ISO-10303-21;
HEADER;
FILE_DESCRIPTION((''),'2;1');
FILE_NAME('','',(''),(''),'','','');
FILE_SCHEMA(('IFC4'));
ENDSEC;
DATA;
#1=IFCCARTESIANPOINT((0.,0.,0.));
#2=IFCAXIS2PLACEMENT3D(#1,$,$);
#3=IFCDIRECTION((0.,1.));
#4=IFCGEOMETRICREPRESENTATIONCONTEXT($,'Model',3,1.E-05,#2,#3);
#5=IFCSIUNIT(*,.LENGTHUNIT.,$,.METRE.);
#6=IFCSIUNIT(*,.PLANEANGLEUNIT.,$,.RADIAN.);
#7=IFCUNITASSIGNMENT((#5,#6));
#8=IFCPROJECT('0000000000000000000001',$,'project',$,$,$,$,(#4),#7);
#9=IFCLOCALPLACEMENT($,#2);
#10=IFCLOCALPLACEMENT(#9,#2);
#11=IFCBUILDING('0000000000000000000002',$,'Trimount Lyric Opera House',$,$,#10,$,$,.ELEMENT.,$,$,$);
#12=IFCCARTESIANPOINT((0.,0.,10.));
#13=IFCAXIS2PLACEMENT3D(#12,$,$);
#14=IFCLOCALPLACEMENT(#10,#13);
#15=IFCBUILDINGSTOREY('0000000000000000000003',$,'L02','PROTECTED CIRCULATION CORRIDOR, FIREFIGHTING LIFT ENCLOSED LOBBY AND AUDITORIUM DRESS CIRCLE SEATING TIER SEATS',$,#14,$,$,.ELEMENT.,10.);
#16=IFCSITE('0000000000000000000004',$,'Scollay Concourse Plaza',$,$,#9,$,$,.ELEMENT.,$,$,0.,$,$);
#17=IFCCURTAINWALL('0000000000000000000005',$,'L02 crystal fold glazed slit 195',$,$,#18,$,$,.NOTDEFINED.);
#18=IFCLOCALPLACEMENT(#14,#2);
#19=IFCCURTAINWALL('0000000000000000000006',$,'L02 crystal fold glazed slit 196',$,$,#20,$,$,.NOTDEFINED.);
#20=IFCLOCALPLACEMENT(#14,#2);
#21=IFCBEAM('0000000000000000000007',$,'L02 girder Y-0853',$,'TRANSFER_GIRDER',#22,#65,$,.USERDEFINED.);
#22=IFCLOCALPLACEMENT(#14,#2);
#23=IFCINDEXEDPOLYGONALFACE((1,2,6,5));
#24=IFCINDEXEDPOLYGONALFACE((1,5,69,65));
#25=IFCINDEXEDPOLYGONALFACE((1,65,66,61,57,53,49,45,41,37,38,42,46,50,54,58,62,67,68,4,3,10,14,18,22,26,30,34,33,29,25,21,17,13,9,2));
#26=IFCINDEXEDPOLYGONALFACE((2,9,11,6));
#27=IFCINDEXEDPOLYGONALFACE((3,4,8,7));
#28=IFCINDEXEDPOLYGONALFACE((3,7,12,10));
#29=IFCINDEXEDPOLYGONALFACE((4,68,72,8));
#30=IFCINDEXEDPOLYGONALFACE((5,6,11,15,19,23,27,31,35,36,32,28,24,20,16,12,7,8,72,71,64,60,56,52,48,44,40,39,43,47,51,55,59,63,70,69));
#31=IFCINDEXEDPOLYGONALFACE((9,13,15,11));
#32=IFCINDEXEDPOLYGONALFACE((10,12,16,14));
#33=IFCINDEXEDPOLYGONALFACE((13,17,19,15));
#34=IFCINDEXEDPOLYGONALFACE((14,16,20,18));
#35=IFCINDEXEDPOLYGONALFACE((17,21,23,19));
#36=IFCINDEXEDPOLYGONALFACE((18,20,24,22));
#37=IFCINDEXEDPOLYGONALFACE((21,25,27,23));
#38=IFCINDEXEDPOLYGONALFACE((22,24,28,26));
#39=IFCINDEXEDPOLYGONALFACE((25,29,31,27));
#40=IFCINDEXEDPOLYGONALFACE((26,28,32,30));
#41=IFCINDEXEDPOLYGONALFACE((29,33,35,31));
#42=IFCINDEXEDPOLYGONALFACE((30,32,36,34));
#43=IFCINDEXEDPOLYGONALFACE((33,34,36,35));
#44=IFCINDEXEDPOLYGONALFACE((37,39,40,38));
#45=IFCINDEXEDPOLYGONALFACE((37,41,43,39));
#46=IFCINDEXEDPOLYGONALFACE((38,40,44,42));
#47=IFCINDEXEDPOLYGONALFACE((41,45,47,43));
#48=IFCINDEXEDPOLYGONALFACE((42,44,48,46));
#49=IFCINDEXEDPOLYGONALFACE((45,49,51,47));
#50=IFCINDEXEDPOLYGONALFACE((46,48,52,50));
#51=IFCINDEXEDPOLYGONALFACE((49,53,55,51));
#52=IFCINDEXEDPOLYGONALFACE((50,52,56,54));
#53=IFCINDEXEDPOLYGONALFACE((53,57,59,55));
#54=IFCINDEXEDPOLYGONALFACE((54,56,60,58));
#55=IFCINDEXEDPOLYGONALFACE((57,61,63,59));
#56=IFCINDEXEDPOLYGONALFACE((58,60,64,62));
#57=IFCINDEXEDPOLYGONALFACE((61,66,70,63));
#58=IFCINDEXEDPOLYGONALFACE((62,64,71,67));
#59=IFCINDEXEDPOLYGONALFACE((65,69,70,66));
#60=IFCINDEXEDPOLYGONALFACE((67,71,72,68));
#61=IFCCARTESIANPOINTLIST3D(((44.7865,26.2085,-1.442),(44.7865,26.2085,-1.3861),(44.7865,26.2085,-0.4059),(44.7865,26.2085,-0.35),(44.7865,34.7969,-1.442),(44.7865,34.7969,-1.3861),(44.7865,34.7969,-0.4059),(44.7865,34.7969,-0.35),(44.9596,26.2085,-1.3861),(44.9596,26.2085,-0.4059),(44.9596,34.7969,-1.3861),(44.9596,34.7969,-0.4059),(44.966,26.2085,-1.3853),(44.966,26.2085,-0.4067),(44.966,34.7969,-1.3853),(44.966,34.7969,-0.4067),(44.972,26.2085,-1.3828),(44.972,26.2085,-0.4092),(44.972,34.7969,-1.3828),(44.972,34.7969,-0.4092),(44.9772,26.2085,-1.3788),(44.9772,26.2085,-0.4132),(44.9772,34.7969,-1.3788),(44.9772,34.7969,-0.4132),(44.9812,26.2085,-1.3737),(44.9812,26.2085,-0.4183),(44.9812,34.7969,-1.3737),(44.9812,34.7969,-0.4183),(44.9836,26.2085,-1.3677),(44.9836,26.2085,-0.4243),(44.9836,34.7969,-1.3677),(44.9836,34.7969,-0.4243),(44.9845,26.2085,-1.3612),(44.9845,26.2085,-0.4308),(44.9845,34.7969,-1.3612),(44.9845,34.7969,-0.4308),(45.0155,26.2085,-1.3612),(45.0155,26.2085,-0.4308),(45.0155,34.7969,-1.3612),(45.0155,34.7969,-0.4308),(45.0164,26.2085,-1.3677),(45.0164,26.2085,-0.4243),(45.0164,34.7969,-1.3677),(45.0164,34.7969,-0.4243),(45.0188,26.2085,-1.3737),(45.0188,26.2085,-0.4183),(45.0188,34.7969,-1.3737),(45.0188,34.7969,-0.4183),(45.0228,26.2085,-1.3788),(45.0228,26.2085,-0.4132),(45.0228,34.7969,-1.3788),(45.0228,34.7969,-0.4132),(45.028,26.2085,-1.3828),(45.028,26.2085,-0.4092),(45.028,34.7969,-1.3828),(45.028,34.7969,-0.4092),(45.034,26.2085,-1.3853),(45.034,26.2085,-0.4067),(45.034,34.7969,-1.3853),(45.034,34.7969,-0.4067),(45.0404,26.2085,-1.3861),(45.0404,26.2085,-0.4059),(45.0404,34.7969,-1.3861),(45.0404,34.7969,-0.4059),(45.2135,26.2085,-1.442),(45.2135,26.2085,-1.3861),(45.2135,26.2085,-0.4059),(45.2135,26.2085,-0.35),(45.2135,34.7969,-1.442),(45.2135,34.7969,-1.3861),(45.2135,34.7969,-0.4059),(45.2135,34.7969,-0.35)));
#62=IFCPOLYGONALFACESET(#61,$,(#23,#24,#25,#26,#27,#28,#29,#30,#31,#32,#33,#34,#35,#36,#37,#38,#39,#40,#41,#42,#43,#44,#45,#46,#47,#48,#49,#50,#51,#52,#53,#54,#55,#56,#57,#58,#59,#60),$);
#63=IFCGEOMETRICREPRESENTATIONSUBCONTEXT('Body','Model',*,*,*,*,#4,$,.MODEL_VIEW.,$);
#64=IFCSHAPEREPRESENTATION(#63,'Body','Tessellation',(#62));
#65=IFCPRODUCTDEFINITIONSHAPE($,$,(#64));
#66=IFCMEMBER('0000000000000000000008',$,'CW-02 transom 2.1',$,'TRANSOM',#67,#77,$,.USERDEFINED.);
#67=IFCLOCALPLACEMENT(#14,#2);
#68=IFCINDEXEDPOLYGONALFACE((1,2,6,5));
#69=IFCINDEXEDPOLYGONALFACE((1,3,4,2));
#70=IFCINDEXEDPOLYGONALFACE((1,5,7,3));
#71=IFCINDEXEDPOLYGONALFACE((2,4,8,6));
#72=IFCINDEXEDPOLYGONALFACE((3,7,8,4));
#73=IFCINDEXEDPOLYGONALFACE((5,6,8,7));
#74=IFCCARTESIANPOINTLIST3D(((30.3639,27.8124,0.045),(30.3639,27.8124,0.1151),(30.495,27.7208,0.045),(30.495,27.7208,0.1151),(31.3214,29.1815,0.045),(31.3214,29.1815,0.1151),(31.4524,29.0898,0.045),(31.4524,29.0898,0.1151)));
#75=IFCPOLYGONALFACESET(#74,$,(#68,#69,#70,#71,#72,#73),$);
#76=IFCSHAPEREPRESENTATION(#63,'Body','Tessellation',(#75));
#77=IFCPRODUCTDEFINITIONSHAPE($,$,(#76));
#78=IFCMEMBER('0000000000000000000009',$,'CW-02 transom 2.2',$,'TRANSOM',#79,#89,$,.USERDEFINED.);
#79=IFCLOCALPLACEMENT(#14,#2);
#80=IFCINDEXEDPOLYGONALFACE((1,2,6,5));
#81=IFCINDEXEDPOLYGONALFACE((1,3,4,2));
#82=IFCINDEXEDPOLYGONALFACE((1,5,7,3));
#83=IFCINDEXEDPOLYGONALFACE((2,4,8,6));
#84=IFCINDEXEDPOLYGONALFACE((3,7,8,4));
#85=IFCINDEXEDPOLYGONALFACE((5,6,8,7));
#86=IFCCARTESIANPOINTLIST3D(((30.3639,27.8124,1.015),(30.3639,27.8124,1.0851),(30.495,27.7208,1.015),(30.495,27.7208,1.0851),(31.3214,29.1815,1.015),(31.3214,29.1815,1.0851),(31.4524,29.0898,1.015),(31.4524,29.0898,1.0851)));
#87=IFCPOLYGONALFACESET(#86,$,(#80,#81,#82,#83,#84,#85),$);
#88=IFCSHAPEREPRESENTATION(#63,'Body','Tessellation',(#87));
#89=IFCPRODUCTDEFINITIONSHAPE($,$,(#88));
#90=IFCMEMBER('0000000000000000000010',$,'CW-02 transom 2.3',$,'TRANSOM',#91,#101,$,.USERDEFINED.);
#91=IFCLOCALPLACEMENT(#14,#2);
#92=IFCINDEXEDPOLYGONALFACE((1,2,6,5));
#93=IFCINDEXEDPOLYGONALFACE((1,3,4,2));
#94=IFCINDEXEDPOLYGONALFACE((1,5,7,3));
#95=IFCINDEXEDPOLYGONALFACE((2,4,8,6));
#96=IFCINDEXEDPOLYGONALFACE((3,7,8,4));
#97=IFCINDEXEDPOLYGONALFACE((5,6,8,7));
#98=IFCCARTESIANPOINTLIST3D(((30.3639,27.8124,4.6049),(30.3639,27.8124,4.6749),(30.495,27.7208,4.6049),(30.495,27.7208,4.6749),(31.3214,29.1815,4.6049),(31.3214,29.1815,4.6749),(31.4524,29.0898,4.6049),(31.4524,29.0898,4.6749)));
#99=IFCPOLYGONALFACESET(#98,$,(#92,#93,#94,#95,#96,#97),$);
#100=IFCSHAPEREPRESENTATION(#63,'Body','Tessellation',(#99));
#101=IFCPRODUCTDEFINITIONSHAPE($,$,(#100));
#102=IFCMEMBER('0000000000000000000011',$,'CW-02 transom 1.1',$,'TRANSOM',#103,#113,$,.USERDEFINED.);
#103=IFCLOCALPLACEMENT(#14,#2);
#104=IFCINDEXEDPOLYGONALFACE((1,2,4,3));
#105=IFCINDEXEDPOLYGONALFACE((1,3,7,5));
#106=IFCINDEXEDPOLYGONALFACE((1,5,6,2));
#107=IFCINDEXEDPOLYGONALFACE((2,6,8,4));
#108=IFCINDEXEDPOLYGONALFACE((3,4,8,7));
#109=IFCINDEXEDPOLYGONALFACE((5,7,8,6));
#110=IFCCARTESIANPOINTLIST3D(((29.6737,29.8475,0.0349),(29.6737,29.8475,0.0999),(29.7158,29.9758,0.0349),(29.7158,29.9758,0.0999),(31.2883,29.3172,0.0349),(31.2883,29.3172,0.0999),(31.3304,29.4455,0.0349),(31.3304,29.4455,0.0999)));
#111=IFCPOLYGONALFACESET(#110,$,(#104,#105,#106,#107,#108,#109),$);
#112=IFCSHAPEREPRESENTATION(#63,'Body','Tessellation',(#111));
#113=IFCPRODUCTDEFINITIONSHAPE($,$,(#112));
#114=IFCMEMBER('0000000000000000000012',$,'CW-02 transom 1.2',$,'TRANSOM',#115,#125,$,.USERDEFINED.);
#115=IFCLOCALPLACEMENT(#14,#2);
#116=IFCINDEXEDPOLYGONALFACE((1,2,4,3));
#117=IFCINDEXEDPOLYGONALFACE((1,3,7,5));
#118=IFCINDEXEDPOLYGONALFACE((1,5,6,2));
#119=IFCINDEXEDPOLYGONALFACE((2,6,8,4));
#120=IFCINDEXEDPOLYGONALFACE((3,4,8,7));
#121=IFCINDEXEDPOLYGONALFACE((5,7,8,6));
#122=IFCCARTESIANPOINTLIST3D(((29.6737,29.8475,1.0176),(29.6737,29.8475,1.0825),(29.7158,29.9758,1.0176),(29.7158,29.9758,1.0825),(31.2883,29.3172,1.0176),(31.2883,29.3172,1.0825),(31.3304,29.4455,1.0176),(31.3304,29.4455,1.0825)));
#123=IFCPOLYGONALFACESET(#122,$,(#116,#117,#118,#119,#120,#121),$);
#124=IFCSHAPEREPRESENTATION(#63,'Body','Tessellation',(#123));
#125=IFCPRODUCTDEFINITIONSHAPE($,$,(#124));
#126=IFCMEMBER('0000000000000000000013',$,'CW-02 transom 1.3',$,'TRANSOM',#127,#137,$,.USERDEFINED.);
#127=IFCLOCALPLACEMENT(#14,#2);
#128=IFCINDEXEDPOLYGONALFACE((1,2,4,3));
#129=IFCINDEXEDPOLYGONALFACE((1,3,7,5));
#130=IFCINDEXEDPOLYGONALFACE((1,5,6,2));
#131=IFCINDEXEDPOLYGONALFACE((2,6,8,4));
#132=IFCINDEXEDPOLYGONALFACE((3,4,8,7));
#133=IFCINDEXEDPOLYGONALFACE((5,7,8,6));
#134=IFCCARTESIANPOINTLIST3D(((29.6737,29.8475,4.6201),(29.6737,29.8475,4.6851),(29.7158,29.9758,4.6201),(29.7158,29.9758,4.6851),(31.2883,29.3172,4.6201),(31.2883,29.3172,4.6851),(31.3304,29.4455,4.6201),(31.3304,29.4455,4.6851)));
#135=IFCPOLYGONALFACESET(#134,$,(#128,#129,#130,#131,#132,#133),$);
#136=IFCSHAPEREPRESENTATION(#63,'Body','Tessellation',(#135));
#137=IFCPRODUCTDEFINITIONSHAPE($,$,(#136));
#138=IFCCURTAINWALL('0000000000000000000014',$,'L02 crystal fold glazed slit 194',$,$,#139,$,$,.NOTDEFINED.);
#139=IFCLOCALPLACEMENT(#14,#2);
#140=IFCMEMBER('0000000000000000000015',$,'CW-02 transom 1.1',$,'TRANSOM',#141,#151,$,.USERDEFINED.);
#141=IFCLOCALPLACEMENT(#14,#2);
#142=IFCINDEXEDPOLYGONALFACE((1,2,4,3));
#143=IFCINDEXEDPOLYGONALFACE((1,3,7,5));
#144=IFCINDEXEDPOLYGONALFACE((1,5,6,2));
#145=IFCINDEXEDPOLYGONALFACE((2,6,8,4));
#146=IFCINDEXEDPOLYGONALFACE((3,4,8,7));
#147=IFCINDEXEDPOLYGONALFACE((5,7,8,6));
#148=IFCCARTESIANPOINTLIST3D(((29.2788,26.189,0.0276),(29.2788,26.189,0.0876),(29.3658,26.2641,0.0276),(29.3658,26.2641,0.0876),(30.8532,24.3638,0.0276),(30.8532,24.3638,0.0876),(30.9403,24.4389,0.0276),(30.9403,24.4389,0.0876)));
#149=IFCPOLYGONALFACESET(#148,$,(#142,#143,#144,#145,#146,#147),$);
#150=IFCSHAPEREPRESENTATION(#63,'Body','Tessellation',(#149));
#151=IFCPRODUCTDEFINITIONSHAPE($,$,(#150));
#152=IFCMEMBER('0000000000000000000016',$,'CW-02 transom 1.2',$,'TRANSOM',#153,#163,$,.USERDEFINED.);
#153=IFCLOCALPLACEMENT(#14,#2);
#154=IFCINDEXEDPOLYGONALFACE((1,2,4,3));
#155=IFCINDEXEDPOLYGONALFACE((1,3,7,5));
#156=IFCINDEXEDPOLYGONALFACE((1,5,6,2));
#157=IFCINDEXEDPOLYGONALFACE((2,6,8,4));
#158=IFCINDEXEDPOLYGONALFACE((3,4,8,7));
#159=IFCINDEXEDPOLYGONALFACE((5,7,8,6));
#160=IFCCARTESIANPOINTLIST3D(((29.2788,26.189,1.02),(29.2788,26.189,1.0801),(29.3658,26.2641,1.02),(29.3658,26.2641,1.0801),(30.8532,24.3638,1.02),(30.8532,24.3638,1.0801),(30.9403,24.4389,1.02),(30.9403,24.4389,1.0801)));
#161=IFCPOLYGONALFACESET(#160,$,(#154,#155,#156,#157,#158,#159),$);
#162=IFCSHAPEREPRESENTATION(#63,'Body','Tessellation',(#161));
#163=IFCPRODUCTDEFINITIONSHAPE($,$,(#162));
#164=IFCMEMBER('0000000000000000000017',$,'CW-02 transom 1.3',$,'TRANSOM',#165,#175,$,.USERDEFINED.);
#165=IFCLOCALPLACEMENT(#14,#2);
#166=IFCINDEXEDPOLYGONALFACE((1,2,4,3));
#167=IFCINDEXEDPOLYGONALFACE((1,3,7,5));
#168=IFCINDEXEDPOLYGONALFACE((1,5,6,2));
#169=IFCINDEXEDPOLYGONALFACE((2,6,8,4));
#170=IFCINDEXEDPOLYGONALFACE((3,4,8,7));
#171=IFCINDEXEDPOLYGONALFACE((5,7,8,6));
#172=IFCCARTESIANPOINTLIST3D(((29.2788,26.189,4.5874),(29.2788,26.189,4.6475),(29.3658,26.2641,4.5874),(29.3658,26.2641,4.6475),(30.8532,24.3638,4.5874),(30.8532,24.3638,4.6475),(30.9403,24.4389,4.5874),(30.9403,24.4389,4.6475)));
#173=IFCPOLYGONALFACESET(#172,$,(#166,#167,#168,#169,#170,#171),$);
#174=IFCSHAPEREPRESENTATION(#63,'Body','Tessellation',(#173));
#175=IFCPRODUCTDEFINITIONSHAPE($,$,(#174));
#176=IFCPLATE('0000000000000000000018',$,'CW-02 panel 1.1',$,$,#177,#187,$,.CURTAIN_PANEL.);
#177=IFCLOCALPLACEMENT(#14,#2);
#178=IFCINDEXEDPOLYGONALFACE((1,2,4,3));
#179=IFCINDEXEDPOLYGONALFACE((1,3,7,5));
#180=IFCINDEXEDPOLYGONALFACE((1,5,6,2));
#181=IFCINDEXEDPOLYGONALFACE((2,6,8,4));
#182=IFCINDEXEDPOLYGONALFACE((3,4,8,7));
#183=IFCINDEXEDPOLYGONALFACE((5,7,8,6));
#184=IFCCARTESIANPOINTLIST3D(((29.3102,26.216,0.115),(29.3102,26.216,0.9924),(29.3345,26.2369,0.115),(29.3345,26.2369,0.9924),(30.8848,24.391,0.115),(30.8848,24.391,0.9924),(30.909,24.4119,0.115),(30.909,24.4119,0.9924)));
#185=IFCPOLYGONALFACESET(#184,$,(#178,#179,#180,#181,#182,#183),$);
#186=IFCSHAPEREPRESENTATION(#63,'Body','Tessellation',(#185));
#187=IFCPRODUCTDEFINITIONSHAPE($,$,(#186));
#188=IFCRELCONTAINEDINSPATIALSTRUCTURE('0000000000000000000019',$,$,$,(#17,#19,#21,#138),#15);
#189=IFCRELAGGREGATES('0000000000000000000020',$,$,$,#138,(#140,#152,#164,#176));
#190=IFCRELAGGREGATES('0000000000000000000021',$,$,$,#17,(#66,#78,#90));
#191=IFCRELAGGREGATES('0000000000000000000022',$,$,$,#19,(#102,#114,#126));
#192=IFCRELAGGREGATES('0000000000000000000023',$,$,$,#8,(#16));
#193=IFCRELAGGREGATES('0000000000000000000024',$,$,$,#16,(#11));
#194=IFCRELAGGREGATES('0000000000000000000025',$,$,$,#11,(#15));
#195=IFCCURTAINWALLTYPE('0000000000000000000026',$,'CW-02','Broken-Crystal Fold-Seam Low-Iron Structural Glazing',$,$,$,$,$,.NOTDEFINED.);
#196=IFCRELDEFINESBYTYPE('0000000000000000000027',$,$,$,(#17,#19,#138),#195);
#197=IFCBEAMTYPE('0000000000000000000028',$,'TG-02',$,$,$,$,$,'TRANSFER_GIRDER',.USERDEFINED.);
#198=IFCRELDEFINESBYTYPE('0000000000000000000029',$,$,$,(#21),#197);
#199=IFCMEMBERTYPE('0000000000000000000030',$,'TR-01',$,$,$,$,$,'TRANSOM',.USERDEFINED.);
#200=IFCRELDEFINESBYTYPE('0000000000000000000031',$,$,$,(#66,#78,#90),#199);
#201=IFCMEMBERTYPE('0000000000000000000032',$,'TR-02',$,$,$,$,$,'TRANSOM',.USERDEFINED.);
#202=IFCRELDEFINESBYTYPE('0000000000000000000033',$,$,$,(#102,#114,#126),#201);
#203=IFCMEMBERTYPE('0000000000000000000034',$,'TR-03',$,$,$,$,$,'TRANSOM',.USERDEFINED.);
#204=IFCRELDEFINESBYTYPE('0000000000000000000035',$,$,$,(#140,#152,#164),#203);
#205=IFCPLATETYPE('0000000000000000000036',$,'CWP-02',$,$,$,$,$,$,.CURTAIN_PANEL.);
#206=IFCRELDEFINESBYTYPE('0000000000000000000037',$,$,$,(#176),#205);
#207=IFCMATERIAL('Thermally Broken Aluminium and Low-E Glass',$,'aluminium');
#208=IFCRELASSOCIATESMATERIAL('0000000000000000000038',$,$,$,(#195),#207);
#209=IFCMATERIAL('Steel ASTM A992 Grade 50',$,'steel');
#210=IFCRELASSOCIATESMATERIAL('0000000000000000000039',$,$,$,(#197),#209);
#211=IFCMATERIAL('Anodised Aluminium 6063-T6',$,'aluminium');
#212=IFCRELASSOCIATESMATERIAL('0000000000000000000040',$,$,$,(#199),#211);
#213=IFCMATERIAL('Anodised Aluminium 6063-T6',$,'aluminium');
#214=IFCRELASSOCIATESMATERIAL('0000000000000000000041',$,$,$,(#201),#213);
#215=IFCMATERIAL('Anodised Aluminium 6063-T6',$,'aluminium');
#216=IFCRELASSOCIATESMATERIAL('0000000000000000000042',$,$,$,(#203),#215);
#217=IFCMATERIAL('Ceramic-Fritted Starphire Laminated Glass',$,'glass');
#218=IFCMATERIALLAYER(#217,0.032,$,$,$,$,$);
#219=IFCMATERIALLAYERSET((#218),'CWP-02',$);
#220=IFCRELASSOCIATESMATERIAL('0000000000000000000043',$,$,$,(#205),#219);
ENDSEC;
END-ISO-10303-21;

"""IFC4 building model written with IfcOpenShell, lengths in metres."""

from ifc_helpers import new_model, si_unit, direction, frame, origin, origin_2d, place, context, subcontext, project, spatial, rectangle, i_section, extrude, material, layer, layer_set, material_profile, profile_set, type_object, element, aggregate, save


model = new_model("IFC4")

# Units and contexts
model_context = context("Model", 3, precision=1e-05, world=origin(), true_north=direction((0.0, 1.0)))
body_context = subcontext(model_context, "Body", "Model", "MODEL_VIEW")
ifc_project = project(units=[si_unit("LENGTHUNIT", "METRE"), si_unit("PLANEANGLEUNIT", "RADIAN")], contexts=[model_context])

# Site, building, storey
site_placement = place(None, origin())
site = spatial("IfcSite", under=ifc_project, at=site_placement, Name="Scollay Concourse Plaza", CompositionType="ELEMENT", RefElevation=0.0)
building_placement = place(site_placement, origin())
building = spatial("IfcBuilding", under=site, at=building_placement, Name="Trimount Lyric Opera House", CompositionType="ELEMENT")
storey_placement = place(building_placement, frame((0.0, 0.0, 10.0)))
storey = spatial("IfcBuildingStorey", under=building, at=storey_placement, Name="L02", Description="PROTECTED CIRCULATION CORRIDOR, FIREFIGHTING LIFT ENCLOSED LOBBY AND AUDITORIUM DRESS CIRCLE SEATING TIER SEATS", CompositionType="ELEMENT", Elevation=10.0)

# Curtain wall
ifc_material_1 = material(Name="Thermally Broken Aluminium and Low-E Glass", Category="aluminium")
curtain_wall_type = type_object("IfcCurtainWallType", Name="CW-02", Description="Broken-Crystal Fold-Seam Low-Iron Structural Glazing", PredefinedType="NOTDEFINED", material=ifc_material_1)
curtain_wall_1_placement = place(storey_placement, origin())
curtain_wall_1 = element("IfcCurtainWall", 1, at=curtain_wall_1_placement, inside=storey, type_object=curtain_wall_type, Name="L02 crystal fold glazed slit 195", PredefinedType="NOTDEFINED")

# Curtain wall
curtain_wall_2_placement = place(storey_placement, origin())
curtain_wall_2 = element("IfcCurtainWall", 2, at=curtain_wall_2_placement, inside=storey, type_object=curtain_wall_type, Name="L02 crystal fold glazed slit 196", PredefinedType="NOTDEFINED")

# Beam
ifc_material_2 = material(Name="Steel ASTM A992 Grade 50", Category="steel")
ifc_material_profile_1 = material_profile(ifc_material_2, i_section(OverallWidth=0.427, OverallDepth=1.092, WebThickness=0.031, FlangeThickness=0.0559, FilletRadius=0.0249, at=origin_2d()), Name="W40X397")
ifc_profile_set_1 = profile_set([ifc_material_profile_1], Name="Steel ASTM A992 Grade 50")
beam_type_1 = type_object("IfcBeamType", Name="TG-02", ElementType="TRANSFER_GIRDER", PredefinedType="USERDEFINED", material=ifc_profile_set_1)
beam_1_placement = place(storey_placement, frame((45.0, 26.2085, -0.896), z_axis=(0.0, 1.0, 0.0), x_axis=(-1.0, 0.0, 0.0)))
element("IfcBeam", 3, at=beam_1_placement, inside=storey, type_object=beam_type_1, Name="L02 girder Y-0853", ObjectType="TRANSFER_GIRDER", PredefinedType="USERDEFINED", context=body_context, shape_type="SweptSolid", body=[
    extrude(i_section(OverallWidth=0.427, OverallDepth=1.092, WebThickness=0.031, FlangeThickness=0.0559, FilletRadius=0.0249, at=origin_2d()), origin(), (0.0, 0.0, 1.0), 8.5884),
])

# Members
ifc_material_3 = material(Name="Anodised Aluminium 6063-T6", Category="aluminium")
ifc_material_profile_2 = material_profile(ifc_material_3, rectangle(XDim=0.1599, YDim=0.0701, at=origin_2d()), Name="ALU-TRAN-70X160")
ifc_profile_set_2 = profile_set([ifc_material_profile_2], Name="Anodised Aluminium 6063-T6")
member_type_1 = type_object("IfcMemberType", Name="TR-01", ElementType="TRANSOM", PredefinedType="USERDEFINED", material=ifc_profile_set_2)
member_1_placement = place(storey_placement, frame((30.4294, 27.7666, 0.0801), z_axis=(0.573109, 0.819479, 0.0), x_axis=(-0.819479, 0.573109, 0.0)))
member_1 = element("IfcMember", 4, at=member_1_placement, type_object=member_type_1, Name="CW-02 transom 2.1", ObjectType="TRANSOM", PredefinedType="USERDEFINED", context=body_context, shape_type="SweptSolid", body=[
    extrude(rectangle(XDim=0.1599, YDim=0.0701, at=origin_2d()), origin(), (0.0, 0.0, 1.0), 1.6707),
])
member_2_placement = place(storey_placement, frame((30.4294, 27.7666, 1.05), z_axis=(0.573109, 0.819479, 0.0), x_axis=(-0.819479, 0.573109, 0.0)))
member_2 = element("IfcMember", 5, at=member_2_placement, type_object=member_type_1, Name="CW-02 transom 2.2", ObjectType="TRANSOM", PredefinedType="USERDEFINED", context=body_context, shape_type="SweptSolid", body=[
    extrude(rectangle(XDim=0.1599, YDim=0.0701, at=origin_2d()), origin(), (0.0, 0.0, 1.0), 1.6707),
])
member_3_placement = place(storey_placement, frame((30.4294, 27.7666, 4.6399), z_axis=(0.573109, 0.819479, 0.0), x_axis=(-0.819479, 0.573109, 0.0)))
member_3 = element("IfcMember", 6, at=member_3_placement, type_object=member_type_1, Name="CW-02 transom 2.3", ObjectType="TRANSOM", PredefinedType="USERDEFINED", context=body_context, shape_type="SweptSolid", body=[
    extrude(rectangle(XDim=0.1599, YDim=0.0701, at=origin_2d()), origin(), (0.0, 0.0, 1.0), 1.6707),
])
ifc_material_4 = material(Name="Anodised Aluminium 6063-T6", Category="aluminium")
ifc_material_profile_3 = material_profile(ifc_material_4, rectangle(XDim=0.135, YDim=0.0649, at=origin_2d()), Name="ALU-TRAN-65X135")
ifc_profile_set_3 = profile_set([ifc_material_profile_3], Name="Anodised Aluminium 6063-T6")
member_type_2 = type_object("IfcMemberType", Name="TR-02", ElementType="TRANSOM", PredefinedType="USERDEFINED", material=ifc_profile_set_3)
member_4_placement = place(storey_placement, frame((31.3093, 29.3813, 0.0674), z_axis=(-0.950068, 0.312044, 0.0), x_axis=(-0.312044, -0.950068, 0.0)))
member_4 = element("IfcMember", 7, at=member_4_placement, type_object=member_type_2, Name="CW-02 transom 1.1", ObjectType="TRANSOM", PredefinedType="USERDEFINED", context=body_context, shape_type="SweptSolid", body=[
    extrude(rectangle(XDim=0.135, YDim=0.0649, at=origin_2d()), origin(), (0.0, 0.0, 1.0), 1.6995),
])
member_5_placement = place(storey_placement, frame((31.3093, 29.3813, 1.05), z_axis=(-0.950068, 0.312044, 0.0), x_axis=(-0.312044, -0.950068, 0.0)))
member_5 = element("IfcMember", 8, at=member_5_placement, type_object=member_type_2, Name="CW-02 transom 1.2", ObjectType="TRANSOM", PredefinedType="USERDEFINED", context=body_context, shape_type="SweptSolid", body=[
    extrude(rectangle(XDim=0.135, YDim=0.0649, at=origin_2d()), origin(), (0.0, 0.0, 1.0), 1.6995),
])
member_6_placement = place(storey_placement, frame((31.3093, 29.3813, 4.6526), z_axis=(-0.950068, 0.312044, 0.0), x_axis=(-0.312044, -0.950068, 0.0)))
member_6 = element("IfcMember", 9, at=member_6_placement, type_object=member_type_2, Name="CW-02 transom 1.3", ObjectType="TRANSOM", PredefinedType="USERDEFINED", context=body_context, shape_type="SweptSolid", body=[
    extrude(rectangle(XDim=0.135, YDim=0.0649, at=origin_2d()), origin(), (0.0, 0.0, 1.0), 1.6995),
])

# Curtain wall, members, plate
curtain_wall_3_placement = place(storey_placement, origin())
curtain_wall_3 = element("IfcCurtainWall", 10, at=curtain_wall_3_placement, inside=storey, type_object=curtain_wall_type, Name="L02 crystal fold glazed slit 194", PredefinedType="NOTDEFINED")
ifc_material_5 = material(Name="Anodised Aluminium 6063-T6", Category="aluminium")
ifc_material_profile_4 = material_profile(ifc_material_5, rectangle(XDim=0.115, YDim=0.0601, at=origin_2d()), Name="ALU-TRAN-60X115")
ifc_profile_set_4 = profile_set([ifc_material_profile_4], Name="Anodised Aluminium 6063-T6")
member_type_3 = type_object("IfcMemberType", Name="TR-03", ElementType="TRANSOM", PredefinedType="USERDEFINED", material=ifc_profile_set_4)
member_7_placement = place(storey_placement, frame((30.8967, 24.4014, 0.0576), z_axis=(-0.653182, 0.757201, 0.0), x_axis=(-0.757201, -0.653182, 0.0)))
member_7 = element("IfcMember", 11, at=member_7_placement, type_object=member_type_3, Name="CW-02 transom 1.1", ObjectType="TRANSOM", PredefinedType="USERDEFINED", context=body_context, shape_type="SweptSolid", body=[
    extrude(rectangle(XDim=0.115, YDim=0.0601, at=origin_2d()), origin(), (0.0, 0.0, 1.0), 2.4104),
])
member_8_placement = place(storey_placement, frame((30.8967, 24.4014, 1.05), z_axis=(-0.653182, 0.757201, 0.0), x_axis=(-0.757201, -0.653182, 0.0)))
member_8 = element("IfcMember", 12, at=member_8_placement, type_object=member_type_3, Name="CW-02 transom 1.2", ObjectType="TRANSOM", PredefinedType="USERDEFINED", context=body_context, shape_type="SweptSolid", body=[
    extrude(rectangle(XDim=0.115, YDim=0.0601, at=origin_2d()), origin(), (0.0, 0.0, 1.0), 2.4104),
])
member_9_placement = place(storey_placement, frame((30.8967, 24.4014, 4.6174), z_axis=(-0.653182, 0.757201, 0.0), x_axis=(-0.757201, -0.653182, 0.0)))
member_9 = element("IfcMember", 13, at=member_9_placement, type_object=member_type_3, Name="CW-02 transom 1.3", ObjectType="TRANSOM", PredefinedType="USERDEFINED", context=body_context, shape_type="SweptSolid", body=[
    extrude(rectangle(XDim=0.115, YDim=0.0601, at=origin_2d()), origin(), (0.0, 0.0, 1.0), 2.4104),
])
ifc_material_6 = material(Name="Ceramic-Fritted Starphire Laminated Glass", Category="glass")
ifc_layer_1 = layer(ifc_material_6, 0.032)
ifc_layer_set_1 = layer_set([ifc_layer_1], Name="CWP-02")
plate_type_1 = type_object("IfcPlateType", Name="CWP-02", PredefinedType="CURTAIN_PANEL", material=ifc_layer_set_1)
plate_1_placement = place(storey_placement, frame((30.1096, 25.314, 0.115), z_axis=(0.0, 0.0, 1.0), x_axis=(-0.653229, 0.757161, 0.0)))
plate_1 = element("IfcPlate", 14, at=plate_1_placement, type_object=plate_type_1, Name="CW-02 panel 1.1", PredefinedType="CURTAIN_PANEL", context=body_context, shape_type="SweptSolid", body=[
    extrude(rectangle(XDim=2.4104, YDim=0.032, at=origin_2d()), origin(), (0.0, 0.0, 1.0), 0.8774),
])
aggregate(curtain_wall_3, [member_7, member_8, member_9, plate_1])

aggregate(curtain_wall_1, [member_1, member_2, member_3])
aggregate(curtain_wall_2, [member_4, member_5, member_6])

save(model, "model.ifc")
